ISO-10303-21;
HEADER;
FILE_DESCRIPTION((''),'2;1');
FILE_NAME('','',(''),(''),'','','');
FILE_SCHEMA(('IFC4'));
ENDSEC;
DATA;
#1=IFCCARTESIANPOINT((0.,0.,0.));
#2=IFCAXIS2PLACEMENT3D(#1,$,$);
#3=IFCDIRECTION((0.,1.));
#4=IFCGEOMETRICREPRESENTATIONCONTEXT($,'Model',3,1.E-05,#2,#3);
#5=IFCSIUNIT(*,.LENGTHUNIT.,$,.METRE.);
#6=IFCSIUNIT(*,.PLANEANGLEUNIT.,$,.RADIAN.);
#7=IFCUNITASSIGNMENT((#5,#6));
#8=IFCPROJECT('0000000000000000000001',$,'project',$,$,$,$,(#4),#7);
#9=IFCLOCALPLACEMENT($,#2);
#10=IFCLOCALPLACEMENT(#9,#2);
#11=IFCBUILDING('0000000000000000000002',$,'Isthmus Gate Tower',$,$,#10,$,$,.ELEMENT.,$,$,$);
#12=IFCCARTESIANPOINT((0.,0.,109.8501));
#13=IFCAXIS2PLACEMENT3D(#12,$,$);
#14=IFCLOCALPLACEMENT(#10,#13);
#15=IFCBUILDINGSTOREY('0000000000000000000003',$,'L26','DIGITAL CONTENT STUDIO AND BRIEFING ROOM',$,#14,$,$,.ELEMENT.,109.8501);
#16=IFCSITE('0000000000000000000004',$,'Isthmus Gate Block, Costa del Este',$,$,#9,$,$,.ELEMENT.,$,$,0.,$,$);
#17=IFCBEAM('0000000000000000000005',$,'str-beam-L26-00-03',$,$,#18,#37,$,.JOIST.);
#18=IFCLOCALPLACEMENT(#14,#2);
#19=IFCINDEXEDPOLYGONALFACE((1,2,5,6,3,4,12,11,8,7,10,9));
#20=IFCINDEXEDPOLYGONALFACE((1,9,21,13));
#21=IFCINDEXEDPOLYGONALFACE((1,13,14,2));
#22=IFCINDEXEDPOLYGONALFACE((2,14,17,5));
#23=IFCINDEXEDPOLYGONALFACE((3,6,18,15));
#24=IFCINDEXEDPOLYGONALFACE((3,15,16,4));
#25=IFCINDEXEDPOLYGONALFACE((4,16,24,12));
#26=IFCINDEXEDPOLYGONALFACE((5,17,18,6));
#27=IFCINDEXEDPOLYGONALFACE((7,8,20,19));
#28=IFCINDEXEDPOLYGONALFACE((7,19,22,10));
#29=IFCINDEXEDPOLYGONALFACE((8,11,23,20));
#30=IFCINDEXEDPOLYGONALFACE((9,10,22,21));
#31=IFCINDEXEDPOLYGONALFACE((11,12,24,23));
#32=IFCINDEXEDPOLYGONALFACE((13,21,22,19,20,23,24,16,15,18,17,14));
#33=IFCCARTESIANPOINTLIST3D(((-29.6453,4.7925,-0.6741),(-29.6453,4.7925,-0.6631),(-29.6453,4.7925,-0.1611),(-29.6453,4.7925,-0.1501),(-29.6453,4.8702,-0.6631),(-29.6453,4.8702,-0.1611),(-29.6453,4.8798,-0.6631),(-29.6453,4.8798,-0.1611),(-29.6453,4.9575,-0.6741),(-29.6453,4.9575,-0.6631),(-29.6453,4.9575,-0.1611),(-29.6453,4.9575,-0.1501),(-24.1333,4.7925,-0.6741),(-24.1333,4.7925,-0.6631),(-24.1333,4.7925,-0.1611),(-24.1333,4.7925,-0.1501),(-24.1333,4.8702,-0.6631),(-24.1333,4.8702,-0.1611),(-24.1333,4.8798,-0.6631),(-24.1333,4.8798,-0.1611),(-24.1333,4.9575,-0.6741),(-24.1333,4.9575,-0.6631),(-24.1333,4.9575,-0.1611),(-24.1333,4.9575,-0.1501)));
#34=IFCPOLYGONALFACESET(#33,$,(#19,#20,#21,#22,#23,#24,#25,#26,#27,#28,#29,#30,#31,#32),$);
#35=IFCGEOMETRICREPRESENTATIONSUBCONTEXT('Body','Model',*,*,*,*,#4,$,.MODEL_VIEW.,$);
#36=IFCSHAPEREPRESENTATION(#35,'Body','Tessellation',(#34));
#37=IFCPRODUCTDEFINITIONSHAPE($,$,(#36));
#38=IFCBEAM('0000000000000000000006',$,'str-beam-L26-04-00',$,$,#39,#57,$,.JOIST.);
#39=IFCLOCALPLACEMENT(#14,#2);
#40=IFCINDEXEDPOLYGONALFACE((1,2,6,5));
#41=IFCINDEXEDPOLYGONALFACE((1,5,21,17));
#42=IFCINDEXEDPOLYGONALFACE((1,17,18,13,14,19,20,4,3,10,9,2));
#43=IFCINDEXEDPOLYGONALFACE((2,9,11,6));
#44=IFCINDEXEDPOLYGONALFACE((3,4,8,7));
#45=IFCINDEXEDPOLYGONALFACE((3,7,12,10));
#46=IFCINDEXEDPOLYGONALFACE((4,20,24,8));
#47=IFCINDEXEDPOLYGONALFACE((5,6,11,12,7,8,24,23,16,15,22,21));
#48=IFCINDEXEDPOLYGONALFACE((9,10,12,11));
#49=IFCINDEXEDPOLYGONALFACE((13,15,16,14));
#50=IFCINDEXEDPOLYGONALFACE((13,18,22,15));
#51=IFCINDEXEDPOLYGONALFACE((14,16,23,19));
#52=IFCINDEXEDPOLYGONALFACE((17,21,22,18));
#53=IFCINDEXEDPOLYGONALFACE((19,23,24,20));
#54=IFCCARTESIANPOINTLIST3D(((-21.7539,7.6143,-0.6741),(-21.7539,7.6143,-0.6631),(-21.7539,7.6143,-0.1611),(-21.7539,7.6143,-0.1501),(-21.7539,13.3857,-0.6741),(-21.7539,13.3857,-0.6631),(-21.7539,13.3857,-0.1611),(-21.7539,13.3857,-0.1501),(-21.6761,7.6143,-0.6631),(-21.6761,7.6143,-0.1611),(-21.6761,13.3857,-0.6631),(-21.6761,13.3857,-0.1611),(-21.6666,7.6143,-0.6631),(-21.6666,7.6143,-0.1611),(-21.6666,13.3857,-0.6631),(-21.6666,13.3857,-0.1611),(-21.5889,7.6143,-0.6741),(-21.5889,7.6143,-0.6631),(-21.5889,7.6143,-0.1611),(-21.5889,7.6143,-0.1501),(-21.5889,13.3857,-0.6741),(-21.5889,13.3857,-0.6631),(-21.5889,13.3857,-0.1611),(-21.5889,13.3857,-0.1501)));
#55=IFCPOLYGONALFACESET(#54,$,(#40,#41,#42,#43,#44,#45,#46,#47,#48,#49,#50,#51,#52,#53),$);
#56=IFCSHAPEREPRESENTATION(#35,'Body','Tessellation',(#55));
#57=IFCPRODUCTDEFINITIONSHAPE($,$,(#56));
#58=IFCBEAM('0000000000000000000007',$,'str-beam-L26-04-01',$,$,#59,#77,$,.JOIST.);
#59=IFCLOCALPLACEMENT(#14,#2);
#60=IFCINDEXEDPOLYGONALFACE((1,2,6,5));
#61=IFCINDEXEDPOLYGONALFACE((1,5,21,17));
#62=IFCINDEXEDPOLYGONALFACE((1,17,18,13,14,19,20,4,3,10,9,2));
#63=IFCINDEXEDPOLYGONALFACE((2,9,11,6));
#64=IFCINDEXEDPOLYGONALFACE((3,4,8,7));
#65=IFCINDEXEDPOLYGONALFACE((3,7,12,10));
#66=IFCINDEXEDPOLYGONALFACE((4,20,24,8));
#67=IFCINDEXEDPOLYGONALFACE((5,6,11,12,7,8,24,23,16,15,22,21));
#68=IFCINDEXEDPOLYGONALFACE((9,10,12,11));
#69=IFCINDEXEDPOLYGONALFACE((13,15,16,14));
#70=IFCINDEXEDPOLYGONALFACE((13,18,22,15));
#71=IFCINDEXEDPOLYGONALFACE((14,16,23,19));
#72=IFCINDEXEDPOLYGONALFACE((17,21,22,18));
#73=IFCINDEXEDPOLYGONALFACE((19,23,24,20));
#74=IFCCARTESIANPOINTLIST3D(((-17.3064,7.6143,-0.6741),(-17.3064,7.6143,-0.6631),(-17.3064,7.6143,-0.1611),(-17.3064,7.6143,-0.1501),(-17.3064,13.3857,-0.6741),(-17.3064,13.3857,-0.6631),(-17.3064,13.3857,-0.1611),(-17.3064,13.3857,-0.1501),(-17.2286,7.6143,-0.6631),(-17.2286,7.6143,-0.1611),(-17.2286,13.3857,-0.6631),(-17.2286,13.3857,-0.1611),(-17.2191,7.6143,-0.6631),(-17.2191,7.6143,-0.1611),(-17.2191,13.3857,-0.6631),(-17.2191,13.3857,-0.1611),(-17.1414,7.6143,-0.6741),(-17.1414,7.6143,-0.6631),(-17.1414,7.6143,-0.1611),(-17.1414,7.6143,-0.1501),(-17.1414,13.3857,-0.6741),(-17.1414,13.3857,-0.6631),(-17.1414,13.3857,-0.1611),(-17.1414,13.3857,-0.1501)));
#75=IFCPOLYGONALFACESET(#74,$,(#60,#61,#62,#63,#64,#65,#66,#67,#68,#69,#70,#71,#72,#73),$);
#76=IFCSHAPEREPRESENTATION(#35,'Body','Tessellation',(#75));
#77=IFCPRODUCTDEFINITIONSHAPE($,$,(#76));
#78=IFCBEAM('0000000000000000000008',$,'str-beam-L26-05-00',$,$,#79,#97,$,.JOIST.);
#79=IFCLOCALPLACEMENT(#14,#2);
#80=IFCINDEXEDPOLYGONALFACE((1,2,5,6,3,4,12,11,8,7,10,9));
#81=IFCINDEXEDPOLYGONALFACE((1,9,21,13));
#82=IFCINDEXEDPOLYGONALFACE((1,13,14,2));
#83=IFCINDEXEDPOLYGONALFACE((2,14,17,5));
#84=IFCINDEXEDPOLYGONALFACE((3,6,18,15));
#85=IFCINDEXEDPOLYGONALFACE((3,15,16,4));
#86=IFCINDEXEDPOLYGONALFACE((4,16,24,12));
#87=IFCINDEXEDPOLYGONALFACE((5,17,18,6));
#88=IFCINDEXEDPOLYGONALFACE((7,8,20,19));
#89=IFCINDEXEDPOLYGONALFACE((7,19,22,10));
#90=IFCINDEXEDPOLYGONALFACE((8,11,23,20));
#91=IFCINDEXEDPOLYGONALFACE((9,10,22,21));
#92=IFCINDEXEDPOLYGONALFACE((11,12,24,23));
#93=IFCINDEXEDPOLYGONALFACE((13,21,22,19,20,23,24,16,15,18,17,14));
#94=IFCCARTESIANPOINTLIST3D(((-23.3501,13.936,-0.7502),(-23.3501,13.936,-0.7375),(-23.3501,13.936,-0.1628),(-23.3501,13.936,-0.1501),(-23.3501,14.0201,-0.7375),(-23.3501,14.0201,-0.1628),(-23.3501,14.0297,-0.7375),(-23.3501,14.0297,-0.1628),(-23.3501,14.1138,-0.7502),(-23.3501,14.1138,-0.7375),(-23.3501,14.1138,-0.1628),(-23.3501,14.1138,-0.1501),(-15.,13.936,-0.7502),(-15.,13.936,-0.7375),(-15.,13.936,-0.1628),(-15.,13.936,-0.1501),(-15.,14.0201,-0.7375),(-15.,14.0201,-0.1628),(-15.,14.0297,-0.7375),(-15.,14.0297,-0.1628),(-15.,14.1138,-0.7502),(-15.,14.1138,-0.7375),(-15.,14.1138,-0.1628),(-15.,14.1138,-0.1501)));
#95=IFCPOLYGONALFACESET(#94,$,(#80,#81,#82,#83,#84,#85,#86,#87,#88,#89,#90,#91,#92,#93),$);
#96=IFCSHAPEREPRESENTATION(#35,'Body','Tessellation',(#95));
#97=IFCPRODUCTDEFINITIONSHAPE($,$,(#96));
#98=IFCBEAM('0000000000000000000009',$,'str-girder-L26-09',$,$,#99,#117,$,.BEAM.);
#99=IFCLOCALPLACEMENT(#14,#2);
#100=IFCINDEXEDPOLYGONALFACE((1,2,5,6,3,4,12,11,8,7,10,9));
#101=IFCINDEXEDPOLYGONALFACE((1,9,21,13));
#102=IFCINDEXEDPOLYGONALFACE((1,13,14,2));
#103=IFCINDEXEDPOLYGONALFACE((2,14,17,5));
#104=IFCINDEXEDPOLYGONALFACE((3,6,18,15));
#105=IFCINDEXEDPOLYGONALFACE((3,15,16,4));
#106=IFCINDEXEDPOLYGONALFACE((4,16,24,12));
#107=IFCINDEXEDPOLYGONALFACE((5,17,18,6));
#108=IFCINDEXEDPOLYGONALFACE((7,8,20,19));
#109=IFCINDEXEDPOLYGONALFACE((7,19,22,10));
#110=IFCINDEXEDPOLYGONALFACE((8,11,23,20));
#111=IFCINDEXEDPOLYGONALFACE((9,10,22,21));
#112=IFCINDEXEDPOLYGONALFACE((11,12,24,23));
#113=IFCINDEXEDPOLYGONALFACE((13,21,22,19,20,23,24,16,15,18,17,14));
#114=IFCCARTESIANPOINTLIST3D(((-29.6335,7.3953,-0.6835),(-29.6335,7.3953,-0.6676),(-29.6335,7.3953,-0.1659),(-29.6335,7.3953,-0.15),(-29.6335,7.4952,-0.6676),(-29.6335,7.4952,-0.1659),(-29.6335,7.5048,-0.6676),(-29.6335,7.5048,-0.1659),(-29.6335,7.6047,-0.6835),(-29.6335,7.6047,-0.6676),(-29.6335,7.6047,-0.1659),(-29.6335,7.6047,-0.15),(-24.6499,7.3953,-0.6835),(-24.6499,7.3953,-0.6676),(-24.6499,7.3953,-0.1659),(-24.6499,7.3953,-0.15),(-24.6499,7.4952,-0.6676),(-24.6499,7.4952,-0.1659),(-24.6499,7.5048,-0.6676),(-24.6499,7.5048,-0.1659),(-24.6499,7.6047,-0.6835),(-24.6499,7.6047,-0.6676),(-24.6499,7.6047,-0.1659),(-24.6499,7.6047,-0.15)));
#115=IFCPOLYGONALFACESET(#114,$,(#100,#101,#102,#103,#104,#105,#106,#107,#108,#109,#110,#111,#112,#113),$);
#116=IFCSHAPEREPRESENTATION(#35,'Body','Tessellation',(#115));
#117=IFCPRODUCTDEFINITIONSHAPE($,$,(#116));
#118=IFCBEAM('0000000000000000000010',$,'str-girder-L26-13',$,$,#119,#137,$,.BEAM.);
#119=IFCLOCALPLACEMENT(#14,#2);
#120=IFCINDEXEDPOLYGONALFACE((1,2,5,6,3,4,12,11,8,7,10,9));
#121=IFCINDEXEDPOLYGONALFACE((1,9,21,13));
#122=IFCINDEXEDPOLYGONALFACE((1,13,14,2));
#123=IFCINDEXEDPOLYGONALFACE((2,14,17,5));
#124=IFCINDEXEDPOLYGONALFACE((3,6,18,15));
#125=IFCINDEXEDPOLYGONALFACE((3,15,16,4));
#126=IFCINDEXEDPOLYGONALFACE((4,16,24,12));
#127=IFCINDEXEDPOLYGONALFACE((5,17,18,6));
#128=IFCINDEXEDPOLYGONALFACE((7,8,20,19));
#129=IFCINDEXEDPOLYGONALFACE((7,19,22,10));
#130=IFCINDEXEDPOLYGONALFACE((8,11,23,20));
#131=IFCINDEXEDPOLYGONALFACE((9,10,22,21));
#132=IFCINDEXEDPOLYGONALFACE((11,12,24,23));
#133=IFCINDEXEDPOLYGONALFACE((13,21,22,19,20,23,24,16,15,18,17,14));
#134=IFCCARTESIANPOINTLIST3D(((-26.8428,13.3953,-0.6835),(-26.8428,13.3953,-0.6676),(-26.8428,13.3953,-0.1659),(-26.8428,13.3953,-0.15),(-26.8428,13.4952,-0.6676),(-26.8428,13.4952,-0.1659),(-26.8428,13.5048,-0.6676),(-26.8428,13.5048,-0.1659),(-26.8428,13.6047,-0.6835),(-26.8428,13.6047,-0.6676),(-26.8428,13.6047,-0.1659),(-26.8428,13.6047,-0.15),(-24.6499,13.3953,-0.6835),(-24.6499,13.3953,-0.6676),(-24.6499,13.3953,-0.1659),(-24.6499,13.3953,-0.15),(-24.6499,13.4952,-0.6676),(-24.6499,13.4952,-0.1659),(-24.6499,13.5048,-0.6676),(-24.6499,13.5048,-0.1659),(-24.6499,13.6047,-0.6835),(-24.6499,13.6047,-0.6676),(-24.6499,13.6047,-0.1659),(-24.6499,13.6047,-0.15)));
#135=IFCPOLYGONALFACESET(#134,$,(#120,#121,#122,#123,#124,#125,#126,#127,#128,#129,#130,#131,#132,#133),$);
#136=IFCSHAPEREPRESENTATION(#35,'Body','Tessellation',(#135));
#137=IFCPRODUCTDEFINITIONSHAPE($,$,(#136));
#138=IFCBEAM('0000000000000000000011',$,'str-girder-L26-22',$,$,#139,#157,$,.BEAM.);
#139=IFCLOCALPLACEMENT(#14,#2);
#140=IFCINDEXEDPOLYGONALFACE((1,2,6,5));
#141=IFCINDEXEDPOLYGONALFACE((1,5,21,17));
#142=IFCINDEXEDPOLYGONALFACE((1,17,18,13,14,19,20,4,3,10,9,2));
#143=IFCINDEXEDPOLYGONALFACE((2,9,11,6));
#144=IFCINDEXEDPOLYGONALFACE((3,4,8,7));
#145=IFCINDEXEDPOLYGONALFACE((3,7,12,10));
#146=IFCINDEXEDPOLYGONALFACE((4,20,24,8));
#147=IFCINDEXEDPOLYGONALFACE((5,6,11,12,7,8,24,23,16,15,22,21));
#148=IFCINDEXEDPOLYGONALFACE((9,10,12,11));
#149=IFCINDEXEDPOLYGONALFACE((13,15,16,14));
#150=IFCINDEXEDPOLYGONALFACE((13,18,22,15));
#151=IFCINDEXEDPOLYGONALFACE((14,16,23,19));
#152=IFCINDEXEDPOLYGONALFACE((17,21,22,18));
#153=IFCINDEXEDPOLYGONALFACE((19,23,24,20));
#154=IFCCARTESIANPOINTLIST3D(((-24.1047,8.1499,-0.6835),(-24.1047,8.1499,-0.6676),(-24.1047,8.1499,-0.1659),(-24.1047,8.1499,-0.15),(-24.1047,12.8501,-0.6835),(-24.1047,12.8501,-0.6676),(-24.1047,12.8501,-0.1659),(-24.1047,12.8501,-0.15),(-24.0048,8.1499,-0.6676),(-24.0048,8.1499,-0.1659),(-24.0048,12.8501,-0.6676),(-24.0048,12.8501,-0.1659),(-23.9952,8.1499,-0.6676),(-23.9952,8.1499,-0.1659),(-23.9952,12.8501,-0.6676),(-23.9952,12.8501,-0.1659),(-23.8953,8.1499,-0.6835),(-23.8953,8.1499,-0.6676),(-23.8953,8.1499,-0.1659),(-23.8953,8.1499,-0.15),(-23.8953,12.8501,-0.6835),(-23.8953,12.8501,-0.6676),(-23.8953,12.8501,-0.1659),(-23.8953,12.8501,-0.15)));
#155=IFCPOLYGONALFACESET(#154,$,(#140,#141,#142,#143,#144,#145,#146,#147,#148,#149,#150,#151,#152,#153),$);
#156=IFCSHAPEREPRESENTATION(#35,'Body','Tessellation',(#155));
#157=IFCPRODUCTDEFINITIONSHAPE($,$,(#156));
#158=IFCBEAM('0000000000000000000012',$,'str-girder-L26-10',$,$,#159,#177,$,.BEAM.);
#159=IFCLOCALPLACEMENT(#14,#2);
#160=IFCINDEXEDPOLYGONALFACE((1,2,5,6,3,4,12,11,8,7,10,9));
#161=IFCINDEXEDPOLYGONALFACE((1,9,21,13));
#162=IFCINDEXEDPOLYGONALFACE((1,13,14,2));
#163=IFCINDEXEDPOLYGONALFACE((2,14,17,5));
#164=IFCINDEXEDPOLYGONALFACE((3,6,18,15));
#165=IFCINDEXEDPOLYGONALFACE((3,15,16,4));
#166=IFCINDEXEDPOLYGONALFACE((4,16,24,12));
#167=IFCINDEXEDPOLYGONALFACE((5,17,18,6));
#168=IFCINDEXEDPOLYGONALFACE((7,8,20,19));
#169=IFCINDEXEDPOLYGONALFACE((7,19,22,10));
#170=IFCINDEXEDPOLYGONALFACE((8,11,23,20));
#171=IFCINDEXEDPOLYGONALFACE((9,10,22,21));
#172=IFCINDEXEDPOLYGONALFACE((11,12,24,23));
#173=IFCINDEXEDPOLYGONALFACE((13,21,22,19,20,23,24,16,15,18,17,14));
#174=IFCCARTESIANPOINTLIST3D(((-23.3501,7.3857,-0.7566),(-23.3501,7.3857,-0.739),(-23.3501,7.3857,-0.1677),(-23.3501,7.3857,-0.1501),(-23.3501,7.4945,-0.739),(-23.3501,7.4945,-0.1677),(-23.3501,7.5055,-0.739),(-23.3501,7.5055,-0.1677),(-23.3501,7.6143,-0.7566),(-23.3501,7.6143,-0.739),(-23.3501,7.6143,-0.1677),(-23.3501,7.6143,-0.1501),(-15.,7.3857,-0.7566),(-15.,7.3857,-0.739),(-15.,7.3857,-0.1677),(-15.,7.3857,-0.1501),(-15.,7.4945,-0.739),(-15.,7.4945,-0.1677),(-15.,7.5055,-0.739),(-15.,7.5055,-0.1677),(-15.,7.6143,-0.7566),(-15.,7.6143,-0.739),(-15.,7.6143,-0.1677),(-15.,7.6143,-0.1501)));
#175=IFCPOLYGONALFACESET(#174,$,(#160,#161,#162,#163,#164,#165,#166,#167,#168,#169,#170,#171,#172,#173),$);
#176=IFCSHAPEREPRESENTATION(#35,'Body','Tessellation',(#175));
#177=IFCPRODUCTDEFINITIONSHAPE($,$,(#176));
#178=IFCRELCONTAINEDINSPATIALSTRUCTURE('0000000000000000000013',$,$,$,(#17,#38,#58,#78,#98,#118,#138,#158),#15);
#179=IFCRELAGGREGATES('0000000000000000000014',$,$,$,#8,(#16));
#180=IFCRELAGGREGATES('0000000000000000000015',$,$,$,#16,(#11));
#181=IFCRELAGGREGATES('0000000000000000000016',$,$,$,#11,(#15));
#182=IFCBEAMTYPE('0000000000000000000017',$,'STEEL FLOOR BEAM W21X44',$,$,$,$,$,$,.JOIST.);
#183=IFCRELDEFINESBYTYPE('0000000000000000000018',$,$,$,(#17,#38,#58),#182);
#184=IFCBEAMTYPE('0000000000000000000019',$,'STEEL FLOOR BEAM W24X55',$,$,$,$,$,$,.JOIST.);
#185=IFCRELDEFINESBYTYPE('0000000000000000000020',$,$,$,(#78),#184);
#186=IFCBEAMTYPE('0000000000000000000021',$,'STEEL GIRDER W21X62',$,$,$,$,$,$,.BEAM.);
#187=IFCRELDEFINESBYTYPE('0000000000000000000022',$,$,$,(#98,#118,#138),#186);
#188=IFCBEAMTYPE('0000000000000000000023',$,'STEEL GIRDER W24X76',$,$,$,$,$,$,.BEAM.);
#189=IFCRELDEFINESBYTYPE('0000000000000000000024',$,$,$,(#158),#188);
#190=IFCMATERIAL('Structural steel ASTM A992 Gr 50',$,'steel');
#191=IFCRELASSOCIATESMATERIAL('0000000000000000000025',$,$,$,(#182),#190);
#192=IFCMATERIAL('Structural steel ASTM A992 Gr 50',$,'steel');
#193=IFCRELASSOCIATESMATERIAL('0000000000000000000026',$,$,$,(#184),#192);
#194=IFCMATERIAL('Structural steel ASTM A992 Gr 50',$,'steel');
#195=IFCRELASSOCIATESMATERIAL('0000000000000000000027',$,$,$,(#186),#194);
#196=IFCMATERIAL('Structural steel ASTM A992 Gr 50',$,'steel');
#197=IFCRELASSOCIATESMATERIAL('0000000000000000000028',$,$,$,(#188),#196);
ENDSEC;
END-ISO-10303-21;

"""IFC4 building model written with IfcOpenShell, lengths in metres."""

from ifc_helpers import new_model, si_unit, direction, frame, origin, origin_2d, place, context, subcontext, project, spatial, i_section, extrude, material, material_profile, profile_set, type_object, element, save


model = new_model("IFC4")

# Units and contexts
model_context = context("Model", 3, precision=1e-05, world=origin(), true_north=direction((0.0, 1.0)))
body_context = subcontext(model_context, "Body", "Model", "MODEL_VIEW")
ifc_project = project(units=[si_unit("LENGTHUNIT", "METRE"), si_unit("PLANEANGLEUNIT", "RADIAN")], contexts=[model_context])

# Site, building, storey
site_placement = place(None, origin())
site = spatial("IfcSite", under=ifc_project, at=site_placement, Name="Isthmus Gate Block, Costa del Este", CompositionType="ELEMENT", RefElevation=0.0)
building_placement = place(site_placement, origin())
building = spatial("IfcBuilding", under=site, at=building_placement, Name="Isthmus Gate Tower", CompositionType="ELEMENT")
storey_placement = place(building_placement, frame((0.0, 0.0, 109.8501)))
storey = spatial("IfcBuildingStorey", under=building, at=storey_placement, Name="L26", Description="DIGITAL CONTENT STUDIO AND BRIEFING ROOM", CompositionType="ELEMENT", Elevation=109.8501)

# Beams
ifc_material_1 = material(Name="Structural steel ASTM A992 Gr 50", Category="steel")
ifc_material_profile_1 = material_profile(ifc_material_1, i_section(OverallWidth=0.165, OverallDepth=0.5239, WebThickness=0.0095, FlangeThickness=0.011, at=origin_2d()), Name="W21X44")
ifc_profile_set_1 = profile_set([ifc_material_profile_1], Name="Structural steel ASTM A992 Gr 50")
beam_type_1 = type_object("IfcBeamType", Name="STEEL FLOOR BEAM W21X44", PredefinedType="JOIST", material=ifc_profile_set_1)
beam_1_placement = place(storey_placement, frame((-29.6453, 4.875, -0.4121), z_axis=(1.0, 0.0, 0.0), x_axis=(0.0, 1.0, 0.0)))
element("IfcBeam", 1, at=beam_1_placement, inside=storey, type_object=beam_type_1, Name="str-beam-L26-00-03", PredefinedType="JOIST", context=body_context, shape_type="SweptSolid", body=[
    extrude(i_section(OverallWidth=0.165, OverallDepth=0.5239, WebThickness=0.0095, FlangeThickness=0.011, at=origin_2d()), origin(), (0.0, 0.0, 1.0), 5.512),
])
for number, where, z_axis, x_axis, name in (
    (2, (-21.6714, 7.6143, -0.4121), (0.0, 1.0, 0.0), (-1.0, 0.0, 0.0), "str-beam-L26-04-00"),
    (3, (-17.2239, 7.6143, -0.4121), (0.0, 1.0, 0.0), (-1.0, 0.0, 0.0), "str-beam-L26-04-01"),
):
    element("IfcBeam", number, at=place(storey_placement, frame(where, z_axis=z_axis, x_axis=x_axis)), inside=storey, type_object=beam_type_1, Name=name, PredefinedType="JOIST", context=body_context, shape_type="SweptSolid", body=[
        extrude(i_section(OverallWidth=0.165, OverallDepth=0.5239, WebThickness=0.0095, FlangeThickness=0.011, at=origin_2d()), origin(), (0.0, 0.0, 1.0), 5.7715),
    ])
ifc_material_2 = material(Name="Structural steel ASTM A992 Gr 50", Category="steel")
ifc_material_profile_2 = material_profile(ifc_material_2, i_section(OverallWidth=0.1777, OverallDepth=0.6001, WebThickness=0.0095, FlangeThickness=0.0127, at=origin_2d()), Name="W24X55")
ifc_profile_set_2 = profile_set([ifc_material_profile_2], Name="Structural steel ASTM A992 Gr 50")
beam_type_2 = type_object("IfcBeamType", Name="STEEL FLOOR BEAM W24X55", PredefinedType="JOIST", material=ifc_profile_set_2)
beam_2_placement = place(storey_placement, frame((-23.3501, 14.0249, -0.4502), z_axis=(1.0, 0.0, 0.0), x_axis=(0.0, 1.0, 0.0)))
element("IfcBeam", 4, at=beam_2_placement, inside=storey, type_object=beam_type_2, Name="str-beam-L26-05-00", PredefinedType="JOIST", context=body_context, shape_type="SweptSolid", body=[
    extrude(i_section(OverallWidth=0.1777, OverallDepth=0.6001, WebThickness=0.0095, FlangeThickness=0.0127, at=origin_2d()), origin(), (0.0, 0.0, 1.0), 8.3501),
])
ifc_material_3 = material(Name="Structural steel ASTM A992 Gr 50", Category="steel")
ifc_material_profile_3 = material_profile(ifc_material_3, i_section(OverallWidth=0.2095, OverallDepth=0.5334, WebThickness=0.0095, FlangeThickness=0.0159, at=origin_2d()), Name="W21X62")
ifc_profile_set_3 = profile_set([ifc_material_profile_3], Name="Structural steel ASTM A992 Gr 50")
beam_type_3 = type_object("IfcBeamType", Name="STEEL GIRDER W21X62", PredefinedType="BEAM", material=ifc_profile_set_3)
beam_3_placement = place(storey_placement, frame((-29.6335, 7.5, -0.4167), z_axis=(1.0, 0.0, 0.0), x_axis=(0.0, 1.0, 0.0)))
element("IfcBeam", 5, at=beam_3_placement, inside=storey, type_object=beam_type_3, Name="str-girder-L26-09", PredefinedType="BEAM", context=body_context, shape_type="SweptSolid", body=[
    extrude(i_section(OverallWidth=0.2095, OverallDepth=0.5334, WebThickness=0.0095, FlangeThickness=0.0159, at=origin_2d()), origin(), (0.0, 0.0, 1.0), 4.9836),
])
beam_4_placement = place(storey_placement, frame((-26.8428, 13.5, -0.4167), z_axis=(1.0, 0.0, 0.0), x_axis=(0.0, 1.0, 0.0)))
element("IfcBeam", 6, at=beam_4_placement, inside=storey, type_object=beam_type_3, Name="str-girder-L26-13", PredefinedType="BEAM", context=body_context, shape_type="SweptSolid", body=[
    extrude(i_section(OverallWidth=0.2095, OverallDepth=0.5334, WebThickness=0.0095, FlangeThickness=0.0159, at=origin_2d()), origin(), (0.0, 0.0, 1.0), 2.1929),
])
beam_5_placement = place(storey_placement, frame((-24.0, 8.1499, -0.4167), z_axis=(0.0, 1.0, 0.0), x_axis=(-1.0, 0.0, 0.0)))
element("IfcBeam", 7, at=beam_5_placement, inside=storey, type_object=beam_type_3, Name="str-girder-L26-22", PredefinedType="BEAM", context=body_context, shape_type="SweptSolid", body=[
    extrude(i_section(OverallWidth=0.2095, OverallDepth=0.5334, WebThickness=0.0095, FlangeThickness=0.0159, at=origin_2d()), origin(), (0.0, 0.0, 1.0), 4.7002),
])
ifc_material_4 = material(Name="Structural steel ASTM A992 Gr 50", Category="steel")
ifc_material_profile_4 = material_profile(ifc_material_4, i_section(OverallWidth=0.2285, OverallDepth=0.6064, WebThickness=0.011, FlangeThickness=0.0176, at=origin_2d()), Name="W24X76")
ifc_profile_set_4 = profile_set([ifc_material_profile_4], Name="Structural steel ASTM A992 Gr 50")
beam_type_4 = type_object("IfcBeamType", Name="STEEL GIRDER W24X76", PredefinedType="BEAM", material=ifc_profile_set_4)
for number, where, z_axis, x_axis, name in (
    (8, (-23.3501, 7.5, -0.4534), (1.0, 0.0, 0.0), (0.0, 1.0, 0.0), "str-girder-L26-10"),
):
    element("IfcBeam", number, at=place(storey_placement, frame(where, z_axis=z_axis, x_axis=x_axis)), inside=storey, type_object=beam_type_4, Name=name, PredefinedType="BEAM", context=body_context, shape_type="SweptSolid", body=[
        extrude(i_section(OverallWidth=0.2285, OverallDepth=0.6064, WebThickness=0.011, FlangeThickness=0.0176, at=origin_2d()), origin(), (0.0, 0.0, 1.0), 8.3501),
    ])

save(model, "model.ifc")
